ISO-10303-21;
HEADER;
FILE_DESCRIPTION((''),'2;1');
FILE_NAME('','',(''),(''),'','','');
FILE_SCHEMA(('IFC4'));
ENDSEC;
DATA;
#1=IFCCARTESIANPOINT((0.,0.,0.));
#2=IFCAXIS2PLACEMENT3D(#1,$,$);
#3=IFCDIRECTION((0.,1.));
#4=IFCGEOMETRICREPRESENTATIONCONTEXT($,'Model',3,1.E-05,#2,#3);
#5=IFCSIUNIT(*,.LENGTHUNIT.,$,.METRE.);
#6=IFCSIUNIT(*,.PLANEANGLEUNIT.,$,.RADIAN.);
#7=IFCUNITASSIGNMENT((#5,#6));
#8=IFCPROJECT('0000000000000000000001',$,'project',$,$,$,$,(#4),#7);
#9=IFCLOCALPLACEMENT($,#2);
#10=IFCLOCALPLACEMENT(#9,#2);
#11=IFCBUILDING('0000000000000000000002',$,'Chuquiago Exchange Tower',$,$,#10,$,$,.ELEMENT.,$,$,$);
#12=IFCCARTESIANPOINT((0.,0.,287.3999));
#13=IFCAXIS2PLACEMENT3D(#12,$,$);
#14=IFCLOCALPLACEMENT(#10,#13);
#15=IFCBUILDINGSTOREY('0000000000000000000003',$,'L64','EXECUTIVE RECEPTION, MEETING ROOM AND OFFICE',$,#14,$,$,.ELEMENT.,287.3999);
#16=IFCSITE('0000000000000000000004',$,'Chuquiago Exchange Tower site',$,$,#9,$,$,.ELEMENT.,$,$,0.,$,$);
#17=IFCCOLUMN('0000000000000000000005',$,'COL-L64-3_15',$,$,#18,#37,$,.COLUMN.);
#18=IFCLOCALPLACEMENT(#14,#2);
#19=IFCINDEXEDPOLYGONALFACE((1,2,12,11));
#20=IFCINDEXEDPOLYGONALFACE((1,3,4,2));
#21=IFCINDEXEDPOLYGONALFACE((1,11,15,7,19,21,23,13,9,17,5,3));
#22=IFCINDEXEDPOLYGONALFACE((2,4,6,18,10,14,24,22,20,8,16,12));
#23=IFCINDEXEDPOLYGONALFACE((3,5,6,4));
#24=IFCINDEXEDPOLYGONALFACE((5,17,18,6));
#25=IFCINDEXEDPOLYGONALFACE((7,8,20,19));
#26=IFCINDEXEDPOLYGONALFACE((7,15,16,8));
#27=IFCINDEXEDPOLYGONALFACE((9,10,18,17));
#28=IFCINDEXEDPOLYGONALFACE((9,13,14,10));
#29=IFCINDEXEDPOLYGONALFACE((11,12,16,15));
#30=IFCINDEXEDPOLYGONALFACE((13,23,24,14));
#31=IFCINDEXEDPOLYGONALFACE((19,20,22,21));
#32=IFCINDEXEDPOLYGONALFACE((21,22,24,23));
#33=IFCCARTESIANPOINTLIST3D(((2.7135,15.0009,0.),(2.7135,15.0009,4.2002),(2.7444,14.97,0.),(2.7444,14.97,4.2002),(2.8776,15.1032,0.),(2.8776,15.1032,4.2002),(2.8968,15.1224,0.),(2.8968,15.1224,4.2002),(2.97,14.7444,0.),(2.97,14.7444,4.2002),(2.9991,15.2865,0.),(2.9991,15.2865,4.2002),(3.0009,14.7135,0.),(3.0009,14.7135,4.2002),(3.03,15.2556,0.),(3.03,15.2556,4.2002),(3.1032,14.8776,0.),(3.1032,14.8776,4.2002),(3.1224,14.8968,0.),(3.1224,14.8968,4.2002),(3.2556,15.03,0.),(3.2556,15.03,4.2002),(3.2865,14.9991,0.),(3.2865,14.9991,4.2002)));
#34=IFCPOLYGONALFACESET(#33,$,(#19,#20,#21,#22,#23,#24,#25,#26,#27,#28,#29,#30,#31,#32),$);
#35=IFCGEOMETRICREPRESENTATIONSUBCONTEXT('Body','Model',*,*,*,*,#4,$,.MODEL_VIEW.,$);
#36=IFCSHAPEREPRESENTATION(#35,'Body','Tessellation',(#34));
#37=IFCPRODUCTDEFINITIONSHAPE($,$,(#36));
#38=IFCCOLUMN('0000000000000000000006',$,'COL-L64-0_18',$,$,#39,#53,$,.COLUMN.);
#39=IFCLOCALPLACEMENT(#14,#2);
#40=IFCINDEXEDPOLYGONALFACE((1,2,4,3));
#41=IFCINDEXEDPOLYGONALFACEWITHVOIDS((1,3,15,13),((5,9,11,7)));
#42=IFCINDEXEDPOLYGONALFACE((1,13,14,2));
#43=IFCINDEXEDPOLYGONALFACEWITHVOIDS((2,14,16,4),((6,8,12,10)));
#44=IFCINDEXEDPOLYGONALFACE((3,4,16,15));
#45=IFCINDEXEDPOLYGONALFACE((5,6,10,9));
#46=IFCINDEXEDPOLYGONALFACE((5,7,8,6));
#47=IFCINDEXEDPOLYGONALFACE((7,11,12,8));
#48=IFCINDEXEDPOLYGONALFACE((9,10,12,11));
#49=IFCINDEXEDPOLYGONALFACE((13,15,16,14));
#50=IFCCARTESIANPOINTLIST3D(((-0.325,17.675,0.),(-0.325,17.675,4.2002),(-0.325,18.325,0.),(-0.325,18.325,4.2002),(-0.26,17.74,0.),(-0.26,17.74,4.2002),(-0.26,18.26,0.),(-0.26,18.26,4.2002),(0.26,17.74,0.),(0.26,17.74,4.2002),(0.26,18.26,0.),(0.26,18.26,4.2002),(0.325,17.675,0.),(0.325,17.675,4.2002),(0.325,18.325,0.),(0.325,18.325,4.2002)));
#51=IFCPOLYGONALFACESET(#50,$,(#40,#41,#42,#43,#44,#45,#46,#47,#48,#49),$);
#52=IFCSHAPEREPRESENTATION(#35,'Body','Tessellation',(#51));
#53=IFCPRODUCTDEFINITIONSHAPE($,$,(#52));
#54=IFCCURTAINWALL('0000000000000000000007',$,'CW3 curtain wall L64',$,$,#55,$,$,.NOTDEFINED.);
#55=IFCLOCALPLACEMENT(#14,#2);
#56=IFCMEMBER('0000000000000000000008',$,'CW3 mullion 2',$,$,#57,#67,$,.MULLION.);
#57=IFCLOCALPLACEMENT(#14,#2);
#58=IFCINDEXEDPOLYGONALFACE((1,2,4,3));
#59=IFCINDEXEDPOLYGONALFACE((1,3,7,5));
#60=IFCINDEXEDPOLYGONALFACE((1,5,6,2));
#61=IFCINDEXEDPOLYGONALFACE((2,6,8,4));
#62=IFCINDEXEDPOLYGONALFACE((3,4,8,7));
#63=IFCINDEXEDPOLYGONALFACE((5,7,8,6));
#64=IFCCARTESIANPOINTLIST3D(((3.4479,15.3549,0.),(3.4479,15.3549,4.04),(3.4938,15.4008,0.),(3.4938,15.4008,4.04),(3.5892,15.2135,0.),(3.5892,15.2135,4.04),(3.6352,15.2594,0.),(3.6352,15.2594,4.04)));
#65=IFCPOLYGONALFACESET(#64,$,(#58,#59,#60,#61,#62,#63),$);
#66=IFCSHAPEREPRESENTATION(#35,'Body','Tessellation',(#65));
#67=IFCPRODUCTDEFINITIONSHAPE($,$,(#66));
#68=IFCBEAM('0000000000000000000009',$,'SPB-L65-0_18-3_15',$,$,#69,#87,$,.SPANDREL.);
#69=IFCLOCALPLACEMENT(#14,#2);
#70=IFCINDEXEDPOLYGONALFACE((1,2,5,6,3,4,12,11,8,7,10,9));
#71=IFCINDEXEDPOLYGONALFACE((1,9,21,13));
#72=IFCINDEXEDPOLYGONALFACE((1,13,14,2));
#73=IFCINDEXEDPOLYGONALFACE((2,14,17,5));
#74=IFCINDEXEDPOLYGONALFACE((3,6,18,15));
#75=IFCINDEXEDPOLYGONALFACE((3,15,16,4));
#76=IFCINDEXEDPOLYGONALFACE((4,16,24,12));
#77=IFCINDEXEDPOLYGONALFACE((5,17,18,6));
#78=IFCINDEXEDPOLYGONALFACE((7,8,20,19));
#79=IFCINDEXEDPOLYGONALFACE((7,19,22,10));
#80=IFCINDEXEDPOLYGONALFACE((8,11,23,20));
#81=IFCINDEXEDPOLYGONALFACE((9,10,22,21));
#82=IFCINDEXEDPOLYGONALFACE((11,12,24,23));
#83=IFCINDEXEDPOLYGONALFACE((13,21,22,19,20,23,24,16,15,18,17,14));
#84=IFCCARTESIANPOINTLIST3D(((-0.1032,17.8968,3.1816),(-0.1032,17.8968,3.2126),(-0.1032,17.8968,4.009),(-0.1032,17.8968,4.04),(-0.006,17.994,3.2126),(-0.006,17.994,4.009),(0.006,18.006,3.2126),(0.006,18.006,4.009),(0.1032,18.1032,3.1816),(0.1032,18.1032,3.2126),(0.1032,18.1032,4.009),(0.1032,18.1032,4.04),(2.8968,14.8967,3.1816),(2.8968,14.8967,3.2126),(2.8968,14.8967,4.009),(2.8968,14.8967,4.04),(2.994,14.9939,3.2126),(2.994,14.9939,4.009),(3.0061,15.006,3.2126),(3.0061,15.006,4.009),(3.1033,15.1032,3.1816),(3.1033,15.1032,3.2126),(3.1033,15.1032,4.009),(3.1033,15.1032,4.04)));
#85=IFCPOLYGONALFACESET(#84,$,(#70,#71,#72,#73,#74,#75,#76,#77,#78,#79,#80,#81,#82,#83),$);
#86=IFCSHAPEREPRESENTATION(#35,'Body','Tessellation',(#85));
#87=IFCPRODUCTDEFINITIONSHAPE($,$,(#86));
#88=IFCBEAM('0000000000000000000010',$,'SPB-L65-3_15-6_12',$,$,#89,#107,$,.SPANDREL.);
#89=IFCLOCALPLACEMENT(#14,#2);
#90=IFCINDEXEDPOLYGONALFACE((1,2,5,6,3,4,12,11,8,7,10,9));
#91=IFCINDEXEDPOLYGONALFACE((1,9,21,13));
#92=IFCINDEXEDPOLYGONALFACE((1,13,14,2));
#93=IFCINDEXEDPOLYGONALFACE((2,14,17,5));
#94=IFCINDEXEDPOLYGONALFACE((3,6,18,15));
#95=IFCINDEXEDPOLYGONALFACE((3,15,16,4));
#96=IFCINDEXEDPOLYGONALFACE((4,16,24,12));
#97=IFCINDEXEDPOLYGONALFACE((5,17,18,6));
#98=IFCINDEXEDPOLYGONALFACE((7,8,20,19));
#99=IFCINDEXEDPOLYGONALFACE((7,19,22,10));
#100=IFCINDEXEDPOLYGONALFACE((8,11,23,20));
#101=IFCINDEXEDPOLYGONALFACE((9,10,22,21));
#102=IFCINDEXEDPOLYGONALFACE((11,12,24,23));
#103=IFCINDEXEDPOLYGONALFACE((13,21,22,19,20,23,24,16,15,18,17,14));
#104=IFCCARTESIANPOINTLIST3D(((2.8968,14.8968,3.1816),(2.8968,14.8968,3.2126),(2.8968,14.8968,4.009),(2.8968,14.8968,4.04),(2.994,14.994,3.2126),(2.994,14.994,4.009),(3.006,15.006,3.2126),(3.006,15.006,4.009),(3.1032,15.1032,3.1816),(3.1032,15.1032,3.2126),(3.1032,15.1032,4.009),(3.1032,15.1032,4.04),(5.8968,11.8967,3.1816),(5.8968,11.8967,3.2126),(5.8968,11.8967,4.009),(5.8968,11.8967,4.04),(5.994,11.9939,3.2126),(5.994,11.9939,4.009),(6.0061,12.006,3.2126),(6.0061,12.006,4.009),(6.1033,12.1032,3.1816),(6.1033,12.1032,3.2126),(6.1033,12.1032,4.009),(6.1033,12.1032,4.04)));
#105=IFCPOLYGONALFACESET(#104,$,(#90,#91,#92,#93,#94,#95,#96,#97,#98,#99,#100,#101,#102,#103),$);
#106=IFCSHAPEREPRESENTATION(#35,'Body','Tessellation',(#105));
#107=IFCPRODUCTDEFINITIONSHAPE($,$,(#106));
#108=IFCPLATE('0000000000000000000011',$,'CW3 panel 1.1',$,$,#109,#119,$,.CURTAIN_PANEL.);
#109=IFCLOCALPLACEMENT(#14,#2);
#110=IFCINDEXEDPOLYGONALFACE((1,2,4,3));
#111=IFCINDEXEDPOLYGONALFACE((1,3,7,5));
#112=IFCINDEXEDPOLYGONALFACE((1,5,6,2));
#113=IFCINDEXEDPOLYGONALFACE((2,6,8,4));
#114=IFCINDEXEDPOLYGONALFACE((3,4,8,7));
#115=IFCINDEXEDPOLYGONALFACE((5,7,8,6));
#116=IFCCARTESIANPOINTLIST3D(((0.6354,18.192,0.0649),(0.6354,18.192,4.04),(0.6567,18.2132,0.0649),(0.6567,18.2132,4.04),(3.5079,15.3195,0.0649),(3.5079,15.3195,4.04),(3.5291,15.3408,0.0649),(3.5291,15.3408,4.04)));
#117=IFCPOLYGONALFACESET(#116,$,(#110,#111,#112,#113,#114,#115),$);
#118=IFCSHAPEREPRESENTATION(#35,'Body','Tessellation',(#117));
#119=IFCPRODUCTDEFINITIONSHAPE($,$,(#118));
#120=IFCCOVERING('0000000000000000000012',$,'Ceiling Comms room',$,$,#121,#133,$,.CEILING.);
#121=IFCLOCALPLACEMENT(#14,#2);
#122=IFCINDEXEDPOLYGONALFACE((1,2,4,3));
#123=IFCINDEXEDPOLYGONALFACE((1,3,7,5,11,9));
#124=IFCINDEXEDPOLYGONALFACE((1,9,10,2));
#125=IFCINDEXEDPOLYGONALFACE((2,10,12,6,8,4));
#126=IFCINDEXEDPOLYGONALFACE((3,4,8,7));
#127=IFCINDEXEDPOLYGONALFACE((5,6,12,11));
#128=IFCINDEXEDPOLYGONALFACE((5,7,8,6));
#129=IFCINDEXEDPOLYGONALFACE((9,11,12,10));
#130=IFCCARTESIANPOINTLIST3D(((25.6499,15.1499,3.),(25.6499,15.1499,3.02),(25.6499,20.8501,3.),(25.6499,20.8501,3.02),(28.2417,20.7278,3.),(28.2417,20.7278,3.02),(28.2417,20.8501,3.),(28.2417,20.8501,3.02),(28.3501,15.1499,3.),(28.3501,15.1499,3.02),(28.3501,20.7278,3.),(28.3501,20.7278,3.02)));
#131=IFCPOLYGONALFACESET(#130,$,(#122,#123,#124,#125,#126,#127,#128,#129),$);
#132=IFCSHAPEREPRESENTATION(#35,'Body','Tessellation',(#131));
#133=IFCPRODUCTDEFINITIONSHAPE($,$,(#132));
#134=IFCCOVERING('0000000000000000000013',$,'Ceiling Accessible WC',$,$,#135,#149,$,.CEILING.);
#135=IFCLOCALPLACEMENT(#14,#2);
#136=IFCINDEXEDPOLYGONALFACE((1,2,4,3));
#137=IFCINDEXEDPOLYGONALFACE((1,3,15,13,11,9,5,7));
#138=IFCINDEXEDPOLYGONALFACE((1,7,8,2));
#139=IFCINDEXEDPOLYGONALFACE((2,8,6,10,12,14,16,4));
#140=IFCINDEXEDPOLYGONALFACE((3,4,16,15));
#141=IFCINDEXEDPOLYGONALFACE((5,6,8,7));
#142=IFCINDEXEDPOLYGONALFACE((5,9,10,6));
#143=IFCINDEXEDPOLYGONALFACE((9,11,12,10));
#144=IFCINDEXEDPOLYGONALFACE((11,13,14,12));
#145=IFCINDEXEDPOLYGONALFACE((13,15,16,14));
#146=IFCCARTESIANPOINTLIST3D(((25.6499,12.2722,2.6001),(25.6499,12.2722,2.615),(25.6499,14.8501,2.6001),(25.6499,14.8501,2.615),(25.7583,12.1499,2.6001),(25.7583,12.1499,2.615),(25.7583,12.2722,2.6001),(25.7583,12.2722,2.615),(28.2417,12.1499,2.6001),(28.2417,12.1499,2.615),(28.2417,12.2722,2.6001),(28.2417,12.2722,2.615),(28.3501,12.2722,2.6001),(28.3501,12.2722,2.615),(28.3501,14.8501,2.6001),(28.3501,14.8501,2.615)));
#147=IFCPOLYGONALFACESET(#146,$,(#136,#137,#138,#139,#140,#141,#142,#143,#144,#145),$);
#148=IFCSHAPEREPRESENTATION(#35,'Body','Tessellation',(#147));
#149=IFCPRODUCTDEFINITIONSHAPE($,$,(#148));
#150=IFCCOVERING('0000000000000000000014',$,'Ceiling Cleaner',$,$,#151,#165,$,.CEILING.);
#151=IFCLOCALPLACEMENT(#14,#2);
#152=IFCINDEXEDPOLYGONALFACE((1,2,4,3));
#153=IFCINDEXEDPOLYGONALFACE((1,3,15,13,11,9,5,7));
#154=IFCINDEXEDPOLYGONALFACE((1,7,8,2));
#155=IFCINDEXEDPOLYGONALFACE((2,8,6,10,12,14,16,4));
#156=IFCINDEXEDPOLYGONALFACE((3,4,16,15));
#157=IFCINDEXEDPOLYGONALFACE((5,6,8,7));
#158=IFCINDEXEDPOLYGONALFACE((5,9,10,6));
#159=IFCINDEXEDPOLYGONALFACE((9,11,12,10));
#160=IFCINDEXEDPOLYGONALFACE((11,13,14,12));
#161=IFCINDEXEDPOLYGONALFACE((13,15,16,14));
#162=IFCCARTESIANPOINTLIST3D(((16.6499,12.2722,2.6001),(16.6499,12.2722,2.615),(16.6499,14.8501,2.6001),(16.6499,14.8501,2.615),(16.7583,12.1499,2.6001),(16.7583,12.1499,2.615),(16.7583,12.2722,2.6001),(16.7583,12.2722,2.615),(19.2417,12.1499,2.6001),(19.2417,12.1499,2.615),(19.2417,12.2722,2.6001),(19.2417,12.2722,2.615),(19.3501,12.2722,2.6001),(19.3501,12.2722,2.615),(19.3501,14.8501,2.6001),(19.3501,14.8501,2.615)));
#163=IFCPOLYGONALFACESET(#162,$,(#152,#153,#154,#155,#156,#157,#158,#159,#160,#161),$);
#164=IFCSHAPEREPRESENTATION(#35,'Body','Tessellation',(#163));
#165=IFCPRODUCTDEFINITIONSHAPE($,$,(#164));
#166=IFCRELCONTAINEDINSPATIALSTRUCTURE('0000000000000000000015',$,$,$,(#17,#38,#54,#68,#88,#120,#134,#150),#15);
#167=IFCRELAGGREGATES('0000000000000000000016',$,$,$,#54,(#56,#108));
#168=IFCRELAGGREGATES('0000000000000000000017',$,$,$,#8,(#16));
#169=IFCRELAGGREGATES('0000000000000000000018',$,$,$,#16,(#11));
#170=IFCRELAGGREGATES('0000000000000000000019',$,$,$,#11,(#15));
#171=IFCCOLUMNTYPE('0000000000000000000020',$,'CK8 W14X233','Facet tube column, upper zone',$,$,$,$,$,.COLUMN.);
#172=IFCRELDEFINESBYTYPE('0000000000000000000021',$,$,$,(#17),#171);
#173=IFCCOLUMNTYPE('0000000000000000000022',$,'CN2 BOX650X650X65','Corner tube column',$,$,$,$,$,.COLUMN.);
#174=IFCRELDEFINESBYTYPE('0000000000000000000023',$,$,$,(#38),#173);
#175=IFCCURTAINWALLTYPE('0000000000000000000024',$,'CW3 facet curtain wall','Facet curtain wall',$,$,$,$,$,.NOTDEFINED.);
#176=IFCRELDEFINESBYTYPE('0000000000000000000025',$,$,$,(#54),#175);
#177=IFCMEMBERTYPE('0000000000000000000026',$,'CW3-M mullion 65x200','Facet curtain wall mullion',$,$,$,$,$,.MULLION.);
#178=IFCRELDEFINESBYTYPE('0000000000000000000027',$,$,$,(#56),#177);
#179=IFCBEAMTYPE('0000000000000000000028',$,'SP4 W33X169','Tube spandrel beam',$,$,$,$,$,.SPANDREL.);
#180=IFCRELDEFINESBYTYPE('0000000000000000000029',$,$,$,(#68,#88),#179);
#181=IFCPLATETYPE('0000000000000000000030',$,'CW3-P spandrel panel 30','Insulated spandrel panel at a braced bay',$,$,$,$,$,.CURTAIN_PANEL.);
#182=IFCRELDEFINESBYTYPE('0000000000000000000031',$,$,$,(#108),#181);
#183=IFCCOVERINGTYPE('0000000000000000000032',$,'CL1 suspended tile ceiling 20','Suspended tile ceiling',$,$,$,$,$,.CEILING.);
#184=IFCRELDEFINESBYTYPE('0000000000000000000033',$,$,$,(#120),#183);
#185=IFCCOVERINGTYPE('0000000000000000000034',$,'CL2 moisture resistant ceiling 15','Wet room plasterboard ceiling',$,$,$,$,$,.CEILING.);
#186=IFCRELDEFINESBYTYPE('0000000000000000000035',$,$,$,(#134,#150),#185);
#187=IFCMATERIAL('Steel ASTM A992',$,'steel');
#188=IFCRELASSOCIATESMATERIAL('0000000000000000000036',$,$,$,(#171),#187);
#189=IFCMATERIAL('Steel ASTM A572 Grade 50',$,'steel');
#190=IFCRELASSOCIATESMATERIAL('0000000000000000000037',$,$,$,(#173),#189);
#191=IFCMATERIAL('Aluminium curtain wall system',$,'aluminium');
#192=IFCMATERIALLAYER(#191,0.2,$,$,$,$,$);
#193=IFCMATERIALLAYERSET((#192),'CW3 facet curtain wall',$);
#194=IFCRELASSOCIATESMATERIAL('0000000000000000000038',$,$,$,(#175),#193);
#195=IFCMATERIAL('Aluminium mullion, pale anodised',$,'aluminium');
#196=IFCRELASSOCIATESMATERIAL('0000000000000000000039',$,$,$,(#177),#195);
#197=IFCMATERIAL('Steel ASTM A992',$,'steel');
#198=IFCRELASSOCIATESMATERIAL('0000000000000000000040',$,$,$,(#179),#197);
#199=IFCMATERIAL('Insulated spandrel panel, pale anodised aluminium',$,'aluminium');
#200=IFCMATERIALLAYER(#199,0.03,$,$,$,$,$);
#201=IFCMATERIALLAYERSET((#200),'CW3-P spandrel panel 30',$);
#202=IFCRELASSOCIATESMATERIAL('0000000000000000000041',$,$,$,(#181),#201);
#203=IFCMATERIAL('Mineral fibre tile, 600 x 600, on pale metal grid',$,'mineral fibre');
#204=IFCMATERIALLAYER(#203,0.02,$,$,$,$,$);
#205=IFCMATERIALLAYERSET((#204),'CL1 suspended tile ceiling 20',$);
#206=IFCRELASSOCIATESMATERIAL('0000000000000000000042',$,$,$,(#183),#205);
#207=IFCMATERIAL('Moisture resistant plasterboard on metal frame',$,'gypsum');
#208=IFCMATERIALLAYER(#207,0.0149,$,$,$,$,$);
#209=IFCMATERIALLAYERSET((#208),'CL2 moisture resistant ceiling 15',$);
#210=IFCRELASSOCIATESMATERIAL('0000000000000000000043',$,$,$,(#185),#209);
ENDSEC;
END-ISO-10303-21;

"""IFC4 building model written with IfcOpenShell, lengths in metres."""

from ifc_helpers import new_model, si_unit, direction, frame, origin, origin_2d, place, context, subcontext, project, spatial, polyline, rectangle, hollow_rectangle, i_section, outline, extrude, material, layer, layer_set, material_profile, profile_set, type_object, element, aggregate, save


model = new_model("IFC4")

# Units and contexts
model_context = context("Model", 3, precision=1e-05, world=origin(), true_north=direction((0.0, 1.0)))
body_context = subcontext(model_context, "Body", "Model", "MODEL_VIEW")
ifc_project = project(units=[si_unit("LENGTHUNIT", "METRE"), si_unit("PLANEANGLEUNIT", "RADIAN")], contexts=[model_context])

# Site, building, storey
site_placement = place(None, origin())
site = spatial("IfcSite", under=ifc_project, at=site_placement, Name="Chuquiago Exchange Tower site", CompositionType="ELEMENT", RefElevation=0.0)
building_placement = place(site_placement, origin())
building = spatial("IfcBuilding", under=site, at=building_placement, Name="Chuquiago Exchange Tower", CompositionType="ELEMENT")
storey_placement = place(building_placement, frame((0.0, 0.0, 287.3999)))
storey = spatial("IfcBuildingStorey", under=building, at=storey_placement, Name="L64", Description="EXECUTIVE RECEPTION, MEETING ROOM AND OFFICE", CompositionType="ELEMENT", Elevation=287.3999)

# Columns
ifc_material_1 = material(Name="Steel ASTM A992", Category="steel")
ifc_material_profile_1 = material_profile(ifc_material_1, i_section(OverallWidth=0.4038, OverallDepth=0.4065, WebThickness=0.0271, FlangeThickness=0.0437, at=origin_2d()), Name="W14X233")
ifc_profile_set_1 = profile_set([ifc_material_profile_1], Name="Steel ASTM A992")
column_type_1 = type_object("IfcColumnType", Name="CK8 W14X233", Description="Facet tube column, upper zone", PredefinedType="COLUMN", material=ifc_profile_set_1)
column_1_placement = place(storey_placement, frame((3.0, 15.0, 0.0), z_axis=(0.0, 0.0, 1.0), x_axis=(-0.707107, -0.707107, 0.0)))
element("IfcColumn", 1, at=column_1_placement, inside=storey, type_object=column_type_1, Name="COL-L64-3_15", PredefinedType="COLUMN", context=body_context, shape_type="SweptSolid", body=[
    extrude(i_section(OverallWidth=0.4038, OverallDepth=0.4065, WebThickness=0.0271, FlangeThickness=0.0437, at=origin_2d()), origin(), (0.0, 0.0, 1.0), 4.2002),
])
ifc_material_2 = material(Name="Steel ASTM A572 Grade 50", Category="steel")
ifc_material_profile_2 = material_profile(ifc_material_2, hollow_rectangle(XDim=0.6499, YDim=0.6499, WallThickness=0.0649, at=origin_2d()), Name="BOX650X650X65")
ifc_profile_set_2 = profile_set([ifc_material_profile_2], Name="Steel ASTM A572 Grade 50")
column_type_2 = type_object("IfcColumnType", Name="CN2 BOX650X650X65", Description="Corner tube column", PredefinedType="COLUMN", material=ifc_profile_set_2)
column_2_placement = place(storey_placement, frame((0.0, 18.0, 0.0), z_axis=(0.0, 0.0, 1.0), x_axis=(-1.0, 0.0, 0.0)))
element("IfcColumn", 2, at=column_2_placement, inside=storey, type_object=column_type_2, Name="COL-L64-0_18", PredefinedType="COLUMN", context=body_context, shape_type="SweptSolid", body=[
    extrude(hollow_rectangle(XDim=0.6499, YDim=0.6499, WallThickness=0.0649, at=origin_2d()), origin(), (0.0, 0.0, 1.0), 4.2002),
])

# Curtain wall, member
ifc_material_3 = material(Name="Aluminium curtain wall system", Category="aluminium")
ifc_layer_1 = layer(ifc_material_3, 0.2)
ifc_layer_set_1 = layer_set([ifc_layer_1], Name="CW3 facet curtain wall")
curtain_wall_type = type_object("IfcCurtainWallType", Name="CW3 facet curtain wall", Description="Facet curtain wall", PredefinedType="NOTDEFINED", material=ifc_layer_set_1)
curtain_wall_placement = place(storey_placement, origin())
curtain_wall = element("IfcCurtainWall", 3, at=curtain_wall_placement, inside=storey, type_object=curtain_wall_type, Name="CW3 curtain wall L64", PredefinedType="NOTDEFINED")
ifc_material_4 = material(Name="Aluminium mullion, pale anodised", Category="aluminium")
ifc_material_profile_3 = material_profile(ifc_material_4, rectangle(XDim=0.0649, YDim=0.2, at=origin_2d()), Name="AL 65x200")
ifc_profile_set_3 = profile_set([ifc_material_profile_3], Name="Aluminium mullion, pale anodised")
member_type = type_object("IfcMemberType", Name="CW3-M mullion 65x200", Description="Facet curtain wall mullion", PredefinedType="MULLION", material=ifc_profile_set_3)
member_placement = place(storey_placement, frame((3.5415, 15.3071, 0.0), z_axis=(0.0, 0.0, 1.0), x_axis=(0.707107, 0.707107, 0.0)))
member = element("IfcMember", 4, at=member_placement, type_object=member_type, Name="CW3 mullion 2", PredefinedType="MULLION", context=body_context, shape_type="SweptSolid", body=[
    extrude(rectangle(XDim=0.0649, YDim=0.2, at=origin_2d()), origin(), (0.0, 0.0, 1.0), 4.04),
])

# Beams
ifc_material_5 = material(Name="Steel ASTM A992", Category="steel")
ifc_material_profile_4 = material_profile(ifc_material_5, i_section(OverallWidth=0.292, OverallDepth=0.8584, WebThickness=0.0171, FlangeThickness=0.031, at=origin_2d()), Name="W33X169")
ifc_profile_set_4 = profile_set([ifc_material_profile_4], Name="Steel ASTM A992")
beam_type = type_object("IfcBeamType", Name="SP4 W33X169", Description="Tube spandrel beam", PredefinedType="SPANDREL", material=ifc_profile_set_4)
for number, where, z_axis, x_axis, name in (
    (5, (0.0, 18.0, 3.6108), (0.707107, -0.707107, 0.0), (0.707107, 0.707107, 0.0), "SPB-L65-0_18-3_15"),
    (6, (3.0, 15.0, 3.6108), (0.707107, -0.707107, 0.0), (0.707107, 0.707107, 0.0), "SPB-L65-3_15-6_12"),
):
    element("IfcBeam", number, at=place(storey_placement, frame(where, z_axis=z_axis, x_axis=x_axis)), inside=storey, type_object=beam_type, Name=name, PredefinedType="SPANDREL", context=body_context, shape_type="SweptSolid", body=[
        extrude(i_section(OverallWidth=0.292, OverallDepth=0.8584, WebThickness=0.0171, FlangeThickness=0.031, at=origin_2d()), origin(), (0.0, 0.0, 1.0), 4.2427),
    ])

# Plate
ifc_material_6 = material(Name="Insulated spandrel panel, pale anodised aluminium", Category="aluminium")
ifc_layer_2 = layer(ifc_material_6, 0.03)
ifc_layer_set_2 = layer_set([ifc_layer_2], Name="CW3-P spandrel panel 30")
plate_type = type_object("IfcPlateType", Name="CW3-P spandrel panel 30", Description="Insulated spandrel panel at a braced bay", PredefinedType="CURTAIN_PANEL", material=ifc_layer_set_2)
plate_placement = place(storey_placement, frame((2.0823, 16.7664, 0.0649), z_axis=(0.0, 0.0, 1.0), x_axis=(0.707107, -0.707107, 0.0)))
plate = element("IfcPlate", 7, at=plate_placement, type_object=plate_type, Name="CW3 panel 1.1", PredefinedType="CURTAIN_PANEL", context=body_context, shape_type="SweptSolid", body=[
    extrude(rectangle(XDim=4.0623, YDim=0.03, at=origin_2d()), origin(), (0.0, 0.0, 1.0), 3.9751),
])
aggregate(curtain_wall, [member, plate])

# Coverings
ifc_material_7 = material(Name="Mineral fibre tile, 600 x 600, on pale metal grid", Category="mineral fibre")
ifc_layer_3 = layer(ifc_material_7, 0.02)
ifc_layer_set_3 = layer_set([ifc_layer_3], Name="CL1 suspended tile ceiling 20")
covering_type_1 = type_object("IfcCoveringType", Name="CL1 suspended tile ceiling 20", Description="Suspended tile ceiling", PredefinedType="CEILING", material=ifc_layer_set_3)
covering_1_placement = place(storey_placement, frame((0.0, 0.0, 3.0)))
element("IfcCovering", 8, at=covering_1_placement, inside=storey, type_object=covering_type_1, Name="Ceiling Comms room", PredefinedType="CEILING", context=body_context, shape_type="SweptSolid", body=[
    extrude(outline(polyline([(25.6499, 15.1499), (25.6499, 20.8501), (28.2417, 20.8501), (28.2417, 20.7278), (28.3501, 20.7278), (28.3501, 15.1499), (25.6499, 15.1499)])), origin(), (0.0, 0.0, 1.0), 0.02),
])
ifc_material_8 = material(Name="Moisture resistant plasterboard on metal frame", Category="gypsum")
ifc_layer_4 = layer(ifc_material_8, 0.0149)
ifc_layer_set_4 = layer_set([ifc_layer_4], Name="CL2 moisture resistant ceiling 15")
covering_type_2 = type_object("IfcCoveringType", Name="CL2 moisture resistant ceiling 15", Description="Wet room plasterboard ceiling", PredefinedType="CEILING", material=ifc_layer_set_4)
covering_2_placement = place(storey_placement, frame((0.0, 0.0, 2.6001)))
element("IfcCovering", 9, at=covering_2_placement, inside=storey, type_object=covering_type_2, Name="Ceiling Accessible WC", PredefinedType="CEILING", context=body_context, shape_type="SweptSolid", body=[
    extrude(outline(polyline([(25.7583, 12.1499), (25.7583, 12.2722), (25.6499, 12.2722), (25.6499, 14.8501), (28.3501, 14.8501), (28.3501, 12.2722), (28.2417, 12.2722), (28.2417, 12.1499), (25.7583, 12.1499)])), origin(), (0.0, 0.0, 1.0), 0.0149),
])
covering_3_placement = place(storey_placement, frame((0.0, 0.0, 2.6001)))
element("IfcCovering", 10, at=covering_3_placement, inside=storey, type_object=covering_type_2, Name="Ceiling Cleaner", PredefinedType="CEILING", context=body_context, shape_type="SweptSolid", body=[
    extrude(outline(polyline([(16.7583, 12.1499), (16.7583, 12.2722), (16.6499, 12.2722), (16.6499, 14.8501), (19.3501, 14.8501), (19.3501, 12.2722), (19.2417, 12.2722), (19.2417, 12.1499), (16.7583, 12.1499)])), origin(), (0.0, 0.0, 1.0), 0.0149),
])

save(model, "model.ifc")
